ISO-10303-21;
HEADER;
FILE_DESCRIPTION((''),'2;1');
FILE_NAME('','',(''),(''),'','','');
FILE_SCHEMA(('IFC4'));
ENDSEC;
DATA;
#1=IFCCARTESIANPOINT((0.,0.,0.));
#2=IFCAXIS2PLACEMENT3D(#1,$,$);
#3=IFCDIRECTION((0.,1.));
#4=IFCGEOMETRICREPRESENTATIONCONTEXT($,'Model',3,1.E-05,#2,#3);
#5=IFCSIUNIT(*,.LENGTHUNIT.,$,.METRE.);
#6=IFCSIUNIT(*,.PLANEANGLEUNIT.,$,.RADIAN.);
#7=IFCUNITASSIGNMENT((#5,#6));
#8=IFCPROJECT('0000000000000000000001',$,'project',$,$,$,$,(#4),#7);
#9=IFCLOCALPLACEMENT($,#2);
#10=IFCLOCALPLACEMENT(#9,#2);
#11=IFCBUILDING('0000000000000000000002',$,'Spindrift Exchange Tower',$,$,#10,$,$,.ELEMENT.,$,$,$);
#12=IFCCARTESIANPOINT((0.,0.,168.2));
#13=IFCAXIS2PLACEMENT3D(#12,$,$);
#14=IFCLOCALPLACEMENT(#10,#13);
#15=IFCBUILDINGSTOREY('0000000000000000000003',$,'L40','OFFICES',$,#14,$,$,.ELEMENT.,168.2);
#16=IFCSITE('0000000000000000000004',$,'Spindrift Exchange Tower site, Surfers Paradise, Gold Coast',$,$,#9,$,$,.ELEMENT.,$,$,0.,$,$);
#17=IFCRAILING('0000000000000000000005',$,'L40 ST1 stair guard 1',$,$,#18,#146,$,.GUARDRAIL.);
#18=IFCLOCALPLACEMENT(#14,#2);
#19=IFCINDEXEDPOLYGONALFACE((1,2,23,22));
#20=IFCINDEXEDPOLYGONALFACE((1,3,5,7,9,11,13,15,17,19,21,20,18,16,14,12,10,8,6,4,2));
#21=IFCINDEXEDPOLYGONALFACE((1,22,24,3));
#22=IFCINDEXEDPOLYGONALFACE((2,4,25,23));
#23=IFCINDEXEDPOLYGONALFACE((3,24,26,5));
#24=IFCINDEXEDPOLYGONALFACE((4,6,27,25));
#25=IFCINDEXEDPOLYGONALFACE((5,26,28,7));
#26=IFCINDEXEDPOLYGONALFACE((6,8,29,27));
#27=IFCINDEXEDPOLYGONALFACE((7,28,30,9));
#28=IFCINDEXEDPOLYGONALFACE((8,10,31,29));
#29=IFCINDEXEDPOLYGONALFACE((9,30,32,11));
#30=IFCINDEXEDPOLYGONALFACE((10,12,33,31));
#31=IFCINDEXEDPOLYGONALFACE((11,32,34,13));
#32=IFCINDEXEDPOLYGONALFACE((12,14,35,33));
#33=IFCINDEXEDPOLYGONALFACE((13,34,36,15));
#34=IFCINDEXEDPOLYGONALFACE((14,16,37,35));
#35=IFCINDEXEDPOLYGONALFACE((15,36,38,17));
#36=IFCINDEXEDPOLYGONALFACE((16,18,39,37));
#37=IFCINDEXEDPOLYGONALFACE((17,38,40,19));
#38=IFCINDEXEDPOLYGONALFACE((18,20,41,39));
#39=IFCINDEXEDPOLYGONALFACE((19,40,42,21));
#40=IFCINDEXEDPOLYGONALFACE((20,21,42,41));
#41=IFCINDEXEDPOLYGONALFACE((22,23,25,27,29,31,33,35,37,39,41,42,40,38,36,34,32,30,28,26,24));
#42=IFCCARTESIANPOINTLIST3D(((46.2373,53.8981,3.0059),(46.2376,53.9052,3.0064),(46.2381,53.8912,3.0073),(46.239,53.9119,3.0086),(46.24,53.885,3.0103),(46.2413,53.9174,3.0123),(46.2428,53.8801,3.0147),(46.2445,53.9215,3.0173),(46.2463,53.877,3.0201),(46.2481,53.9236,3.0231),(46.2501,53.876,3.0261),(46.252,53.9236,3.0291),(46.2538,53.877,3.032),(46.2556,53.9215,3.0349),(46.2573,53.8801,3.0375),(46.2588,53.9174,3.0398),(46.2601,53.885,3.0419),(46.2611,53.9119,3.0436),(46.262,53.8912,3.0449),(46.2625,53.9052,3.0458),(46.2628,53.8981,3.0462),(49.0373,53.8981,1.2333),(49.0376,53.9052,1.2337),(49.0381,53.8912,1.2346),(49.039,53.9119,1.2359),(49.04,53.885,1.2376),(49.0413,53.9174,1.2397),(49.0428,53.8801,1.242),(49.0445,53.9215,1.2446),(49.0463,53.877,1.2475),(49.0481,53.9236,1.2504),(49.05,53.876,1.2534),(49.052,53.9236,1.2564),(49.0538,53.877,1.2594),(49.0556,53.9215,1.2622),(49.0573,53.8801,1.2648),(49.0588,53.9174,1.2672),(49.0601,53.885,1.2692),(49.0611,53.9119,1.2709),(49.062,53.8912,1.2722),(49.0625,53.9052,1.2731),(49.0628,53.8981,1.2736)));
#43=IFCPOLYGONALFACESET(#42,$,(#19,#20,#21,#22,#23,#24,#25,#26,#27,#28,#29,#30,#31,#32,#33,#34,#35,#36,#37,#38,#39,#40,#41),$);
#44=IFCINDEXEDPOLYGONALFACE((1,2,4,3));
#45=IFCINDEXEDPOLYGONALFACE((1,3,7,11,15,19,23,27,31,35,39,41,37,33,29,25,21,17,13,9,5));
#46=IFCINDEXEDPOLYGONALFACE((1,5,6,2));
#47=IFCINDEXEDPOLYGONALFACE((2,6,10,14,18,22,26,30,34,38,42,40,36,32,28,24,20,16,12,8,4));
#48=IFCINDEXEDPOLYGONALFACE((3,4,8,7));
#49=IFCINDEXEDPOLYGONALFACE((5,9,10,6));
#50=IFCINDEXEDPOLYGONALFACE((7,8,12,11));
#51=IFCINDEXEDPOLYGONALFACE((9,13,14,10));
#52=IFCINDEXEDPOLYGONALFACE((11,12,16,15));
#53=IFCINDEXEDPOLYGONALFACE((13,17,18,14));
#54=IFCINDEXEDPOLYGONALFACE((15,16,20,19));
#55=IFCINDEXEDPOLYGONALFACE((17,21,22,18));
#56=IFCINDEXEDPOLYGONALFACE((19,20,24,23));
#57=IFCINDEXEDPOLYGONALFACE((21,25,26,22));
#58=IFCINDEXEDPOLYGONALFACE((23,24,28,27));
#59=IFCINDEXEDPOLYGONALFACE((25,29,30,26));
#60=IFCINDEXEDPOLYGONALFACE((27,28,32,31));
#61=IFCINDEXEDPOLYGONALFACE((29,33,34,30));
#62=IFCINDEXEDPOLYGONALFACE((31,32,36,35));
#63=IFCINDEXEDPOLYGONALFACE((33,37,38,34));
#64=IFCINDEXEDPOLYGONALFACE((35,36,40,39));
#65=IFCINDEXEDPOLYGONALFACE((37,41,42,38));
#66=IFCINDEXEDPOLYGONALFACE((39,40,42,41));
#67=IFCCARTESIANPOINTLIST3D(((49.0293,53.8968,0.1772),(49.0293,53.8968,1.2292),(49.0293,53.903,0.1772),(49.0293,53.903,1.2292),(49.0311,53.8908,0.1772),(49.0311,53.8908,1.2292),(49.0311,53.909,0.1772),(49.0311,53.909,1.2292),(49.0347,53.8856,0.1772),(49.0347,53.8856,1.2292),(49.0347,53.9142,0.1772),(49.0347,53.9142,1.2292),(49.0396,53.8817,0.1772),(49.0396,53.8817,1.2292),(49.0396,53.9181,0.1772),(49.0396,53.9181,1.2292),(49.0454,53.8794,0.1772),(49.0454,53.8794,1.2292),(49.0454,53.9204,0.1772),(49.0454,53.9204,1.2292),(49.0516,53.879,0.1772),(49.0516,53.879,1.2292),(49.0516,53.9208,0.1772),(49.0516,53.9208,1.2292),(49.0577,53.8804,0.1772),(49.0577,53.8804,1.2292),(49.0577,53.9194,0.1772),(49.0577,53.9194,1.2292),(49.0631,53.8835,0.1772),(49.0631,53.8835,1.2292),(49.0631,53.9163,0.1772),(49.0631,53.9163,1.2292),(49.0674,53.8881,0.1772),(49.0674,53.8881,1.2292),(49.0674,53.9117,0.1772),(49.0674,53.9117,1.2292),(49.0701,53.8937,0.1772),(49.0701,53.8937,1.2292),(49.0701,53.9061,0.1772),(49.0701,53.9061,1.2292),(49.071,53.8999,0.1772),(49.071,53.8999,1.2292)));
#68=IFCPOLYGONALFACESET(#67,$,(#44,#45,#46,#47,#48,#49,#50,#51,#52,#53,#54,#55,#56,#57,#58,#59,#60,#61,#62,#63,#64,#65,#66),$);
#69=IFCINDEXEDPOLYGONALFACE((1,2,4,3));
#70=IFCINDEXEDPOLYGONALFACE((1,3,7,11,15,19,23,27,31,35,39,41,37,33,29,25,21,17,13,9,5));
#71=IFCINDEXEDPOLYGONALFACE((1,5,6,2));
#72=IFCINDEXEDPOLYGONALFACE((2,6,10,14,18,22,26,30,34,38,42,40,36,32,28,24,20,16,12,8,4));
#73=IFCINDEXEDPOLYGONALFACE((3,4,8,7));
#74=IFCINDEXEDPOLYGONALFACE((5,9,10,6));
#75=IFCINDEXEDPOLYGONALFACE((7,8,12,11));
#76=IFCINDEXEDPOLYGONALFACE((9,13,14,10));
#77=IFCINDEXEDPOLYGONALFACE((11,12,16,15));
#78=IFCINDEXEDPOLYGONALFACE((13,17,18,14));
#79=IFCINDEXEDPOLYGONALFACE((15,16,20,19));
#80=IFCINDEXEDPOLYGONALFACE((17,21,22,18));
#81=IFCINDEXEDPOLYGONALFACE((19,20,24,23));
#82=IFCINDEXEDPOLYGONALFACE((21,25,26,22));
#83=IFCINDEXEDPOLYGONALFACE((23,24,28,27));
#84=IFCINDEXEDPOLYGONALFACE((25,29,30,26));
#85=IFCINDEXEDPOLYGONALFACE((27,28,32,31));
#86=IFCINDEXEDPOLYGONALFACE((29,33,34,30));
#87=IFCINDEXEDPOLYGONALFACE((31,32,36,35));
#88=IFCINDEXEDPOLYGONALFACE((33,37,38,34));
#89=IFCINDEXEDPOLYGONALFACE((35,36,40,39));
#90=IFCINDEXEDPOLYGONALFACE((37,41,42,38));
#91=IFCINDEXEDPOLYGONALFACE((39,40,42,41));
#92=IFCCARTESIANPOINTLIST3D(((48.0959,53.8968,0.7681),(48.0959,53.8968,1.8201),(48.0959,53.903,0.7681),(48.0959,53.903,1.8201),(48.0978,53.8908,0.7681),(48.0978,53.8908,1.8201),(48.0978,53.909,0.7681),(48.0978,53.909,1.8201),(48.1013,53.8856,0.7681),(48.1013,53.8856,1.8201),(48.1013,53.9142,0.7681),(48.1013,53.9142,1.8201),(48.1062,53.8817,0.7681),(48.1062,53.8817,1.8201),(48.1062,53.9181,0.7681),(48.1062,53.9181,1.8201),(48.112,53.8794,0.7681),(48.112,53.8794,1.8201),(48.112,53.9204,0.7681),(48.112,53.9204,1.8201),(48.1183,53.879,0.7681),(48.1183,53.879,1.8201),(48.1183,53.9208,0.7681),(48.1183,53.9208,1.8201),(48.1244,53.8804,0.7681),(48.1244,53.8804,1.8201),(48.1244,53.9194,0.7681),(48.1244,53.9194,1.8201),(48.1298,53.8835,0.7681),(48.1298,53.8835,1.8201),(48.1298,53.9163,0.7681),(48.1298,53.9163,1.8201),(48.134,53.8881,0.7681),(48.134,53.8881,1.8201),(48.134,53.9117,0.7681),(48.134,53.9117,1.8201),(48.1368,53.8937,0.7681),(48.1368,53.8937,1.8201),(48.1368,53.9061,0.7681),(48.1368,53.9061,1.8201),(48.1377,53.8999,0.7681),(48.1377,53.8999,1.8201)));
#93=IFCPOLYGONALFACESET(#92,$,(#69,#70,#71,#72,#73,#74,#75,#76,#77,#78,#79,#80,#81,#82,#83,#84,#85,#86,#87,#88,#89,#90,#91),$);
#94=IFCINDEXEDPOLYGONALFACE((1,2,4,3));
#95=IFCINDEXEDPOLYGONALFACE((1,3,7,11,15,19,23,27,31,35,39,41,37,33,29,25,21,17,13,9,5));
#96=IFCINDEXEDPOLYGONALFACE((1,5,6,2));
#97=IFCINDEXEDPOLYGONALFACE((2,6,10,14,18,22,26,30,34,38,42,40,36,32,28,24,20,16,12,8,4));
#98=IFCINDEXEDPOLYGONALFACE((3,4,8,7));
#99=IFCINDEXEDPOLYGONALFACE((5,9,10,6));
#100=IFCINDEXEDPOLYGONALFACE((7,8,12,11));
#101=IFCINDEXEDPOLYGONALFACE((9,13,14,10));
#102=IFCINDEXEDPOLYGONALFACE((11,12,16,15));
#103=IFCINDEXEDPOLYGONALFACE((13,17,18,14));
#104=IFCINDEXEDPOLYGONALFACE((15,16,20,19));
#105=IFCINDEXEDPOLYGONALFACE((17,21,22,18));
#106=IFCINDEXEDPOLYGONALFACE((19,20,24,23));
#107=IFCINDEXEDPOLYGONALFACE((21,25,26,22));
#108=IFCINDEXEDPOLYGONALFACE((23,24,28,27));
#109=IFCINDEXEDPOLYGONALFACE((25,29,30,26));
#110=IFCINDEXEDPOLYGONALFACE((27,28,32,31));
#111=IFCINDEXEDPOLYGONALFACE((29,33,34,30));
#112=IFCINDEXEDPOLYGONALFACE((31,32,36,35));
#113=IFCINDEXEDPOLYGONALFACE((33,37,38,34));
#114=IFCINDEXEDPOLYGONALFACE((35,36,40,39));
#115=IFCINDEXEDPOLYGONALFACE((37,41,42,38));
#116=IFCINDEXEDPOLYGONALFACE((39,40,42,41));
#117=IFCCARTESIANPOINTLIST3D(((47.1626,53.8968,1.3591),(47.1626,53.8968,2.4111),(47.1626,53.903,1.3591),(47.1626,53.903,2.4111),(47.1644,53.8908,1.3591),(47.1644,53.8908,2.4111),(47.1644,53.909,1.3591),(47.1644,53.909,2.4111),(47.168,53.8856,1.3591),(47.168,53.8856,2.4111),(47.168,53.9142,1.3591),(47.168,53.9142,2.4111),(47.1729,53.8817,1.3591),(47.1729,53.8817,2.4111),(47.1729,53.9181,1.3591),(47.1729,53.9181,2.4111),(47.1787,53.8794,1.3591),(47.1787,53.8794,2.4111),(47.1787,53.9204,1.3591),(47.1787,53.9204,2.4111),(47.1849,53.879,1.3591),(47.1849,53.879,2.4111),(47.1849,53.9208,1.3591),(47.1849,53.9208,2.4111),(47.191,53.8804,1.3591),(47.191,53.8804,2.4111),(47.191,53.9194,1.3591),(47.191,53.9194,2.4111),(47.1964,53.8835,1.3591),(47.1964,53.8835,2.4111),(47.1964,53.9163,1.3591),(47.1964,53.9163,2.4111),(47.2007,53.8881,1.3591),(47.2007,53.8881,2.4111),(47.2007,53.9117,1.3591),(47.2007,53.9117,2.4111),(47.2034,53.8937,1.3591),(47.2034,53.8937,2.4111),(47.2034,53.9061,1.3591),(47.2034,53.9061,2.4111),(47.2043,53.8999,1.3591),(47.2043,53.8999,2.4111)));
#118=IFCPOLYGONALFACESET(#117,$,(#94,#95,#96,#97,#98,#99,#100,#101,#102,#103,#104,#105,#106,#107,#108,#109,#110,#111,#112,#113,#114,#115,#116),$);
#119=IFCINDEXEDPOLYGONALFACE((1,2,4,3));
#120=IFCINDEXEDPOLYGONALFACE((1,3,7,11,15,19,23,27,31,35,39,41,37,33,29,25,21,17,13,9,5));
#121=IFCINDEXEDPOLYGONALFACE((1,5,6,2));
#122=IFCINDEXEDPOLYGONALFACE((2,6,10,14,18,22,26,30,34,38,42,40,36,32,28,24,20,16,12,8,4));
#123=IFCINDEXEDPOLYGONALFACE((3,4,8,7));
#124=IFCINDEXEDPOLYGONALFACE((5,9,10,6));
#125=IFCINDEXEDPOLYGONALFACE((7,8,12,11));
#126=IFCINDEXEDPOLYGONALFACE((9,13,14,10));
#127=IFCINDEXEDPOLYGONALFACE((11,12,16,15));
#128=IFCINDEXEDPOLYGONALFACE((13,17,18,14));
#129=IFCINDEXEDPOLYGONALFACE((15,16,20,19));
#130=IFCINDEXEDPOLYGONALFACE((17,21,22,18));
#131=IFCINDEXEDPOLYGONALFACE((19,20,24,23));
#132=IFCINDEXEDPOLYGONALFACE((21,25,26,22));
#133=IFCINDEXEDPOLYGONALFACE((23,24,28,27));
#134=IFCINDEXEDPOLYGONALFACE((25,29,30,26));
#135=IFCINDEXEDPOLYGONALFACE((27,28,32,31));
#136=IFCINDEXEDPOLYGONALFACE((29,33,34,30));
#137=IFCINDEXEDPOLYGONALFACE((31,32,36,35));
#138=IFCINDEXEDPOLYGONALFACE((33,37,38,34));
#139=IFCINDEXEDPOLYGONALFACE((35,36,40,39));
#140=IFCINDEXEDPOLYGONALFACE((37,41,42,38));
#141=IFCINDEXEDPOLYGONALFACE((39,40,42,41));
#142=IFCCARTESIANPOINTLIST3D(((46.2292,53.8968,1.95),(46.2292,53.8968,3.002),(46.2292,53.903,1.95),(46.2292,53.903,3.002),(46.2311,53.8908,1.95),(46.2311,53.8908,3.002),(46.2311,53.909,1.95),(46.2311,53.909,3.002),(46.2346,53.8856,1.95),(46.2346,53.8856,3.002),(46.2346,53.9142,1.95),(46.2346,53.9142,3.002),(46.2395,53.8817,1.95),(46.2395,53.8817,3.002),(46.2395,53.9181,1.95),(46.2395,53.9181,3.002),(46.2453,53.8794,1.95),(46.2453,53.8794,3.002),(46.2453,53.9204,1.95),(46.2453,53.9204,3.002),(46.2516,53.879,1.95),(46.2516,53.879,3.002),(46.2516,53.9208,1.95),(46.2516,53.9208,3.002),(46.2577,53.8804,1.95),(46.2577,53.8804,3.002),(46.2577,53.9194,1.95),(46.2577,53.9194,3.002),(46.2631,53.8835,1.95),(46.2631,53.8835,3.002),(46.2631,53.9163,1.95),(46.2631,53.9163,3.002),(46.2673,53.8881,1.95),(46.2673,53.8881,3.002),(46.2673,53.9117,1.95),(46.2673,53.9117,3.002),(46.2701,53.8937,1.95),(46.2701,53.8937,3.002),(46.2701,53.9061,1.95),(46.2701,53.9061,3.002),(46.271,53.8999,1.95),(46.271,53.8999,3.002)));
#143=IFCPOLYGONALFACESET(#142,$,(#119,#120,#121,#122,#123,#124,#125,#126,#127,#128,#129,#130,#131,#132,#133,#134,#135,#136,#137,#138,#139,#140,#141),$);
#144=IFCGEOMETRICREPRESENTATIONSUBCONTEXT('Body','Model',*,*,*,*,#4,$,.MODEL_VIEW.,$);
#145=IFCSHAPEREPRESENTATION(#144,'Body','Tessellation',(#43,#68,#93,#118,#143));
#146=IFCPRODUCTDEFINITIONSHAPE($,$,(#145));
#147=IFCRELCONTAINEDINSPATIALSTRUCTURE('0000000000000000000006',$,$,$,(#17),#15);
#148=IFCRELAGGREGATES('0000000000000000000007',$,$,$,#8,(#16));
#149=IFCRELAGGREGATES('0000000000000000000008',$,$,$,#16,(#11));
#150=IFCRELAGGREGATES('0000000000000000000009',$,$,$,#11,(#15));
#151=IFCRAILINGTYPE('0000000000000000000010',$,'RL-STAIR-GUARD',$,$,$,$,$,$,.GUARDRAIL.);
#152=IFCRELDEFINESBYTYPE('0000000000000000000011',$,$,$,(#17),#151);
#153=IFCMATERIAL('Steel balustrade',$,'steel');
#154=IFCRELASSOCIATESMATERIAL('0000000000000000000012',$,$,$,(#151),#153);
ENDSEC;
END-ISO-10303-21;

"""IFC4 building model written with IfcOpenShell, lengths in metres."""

from ifc_helpers import new_model, si_unit, direction, frame, origin, origin_2d, place, context, subcontext, project, spatial, circle, extrude, material, type_object, element, save


model = new_model("IFC4")

# Units and contexts
model_context = context("Model", 3, precision=1e-05, world=origin(), true_north=direction((0.0, 1.0)))
body_context = subcontext(model_context, "Body", "Model", "MODEL_VIEW")
ifc_project = project(units=[si_unit("LENGTHUNIT", "METRE"), si_unit("PLANEANGLEUNIT", "RADIAN")], contexts=[model_context])

# Site, building, storey
site_placement = place(None, origin())
site = spatial("IfcSite", under=ifc_project, at=site_placement, Name="Spindrift Exchange Tower site, Surfers Paradise, Gold Coast", CompositionType="ELEMENT", RefElevation=0.0)
building_placement = place(site_placement, origin())
building = spatial("IfcBuilding", under=site, at=building_placement, Name="Spindrift Exchange Tower", CompositionType="ELEMENT")
storey_placement = place(building_placement, frame((0.0, 0.0, 168.2)))
storey = spatial("IfcBuildingStorey", under=building, at=storey_placement, Name="L40", Description="OFFICES", CompositionType="ELEMENT", Elevation=168.2)

# Railing
ifc_material_1 = material(Name="Steel balustrade", Category="steel")
railing_type_1 = type_object("IfcRailingType", Name="RL-STAIR-GUARD", PredefinedType="GUARDRAIL", material=ifc_material_1)
railing_1_placement = place(storey_placement, frame((49.05, 53.8999, 0.1772)))
element("IfcRailing", 1, at=railing_1_placement, inside=storey, type_object=railing_type_1, Name="L40 ST1 stair guard 1", PredefinedType="GUARDRAIL", context=body_context, shape_type="SweptSolid", body=[
    extrude(circle(Radius=0.0239, at=origin_2d()), frame((0.0, 0.0, 1.0762), z_axis=(-0.844909, 0.0, 0.53491), x_axis=(0.0, -1.0, 0.0)), (0.0, 0.0, 1.0), 3.314),
    extrude(circle(Radius=0.021, at=origin_2d()), origin(), (0.0, 0.0, 1.0), 1.052),
    extrude(circle(Radius=0.021, at=origin_2d()), frame((-0.9333, 0.0, 0.5908)), (0.0, 0.0, 1.0), 1.052),
    extrude(circle(Radius=0.021, at=origin_2d()), frame((-1.8667, 0.0, 1.1819)), (0.0, 0.0, 1.0), 1.052),
    extrude(circle(Radius=0.021, at=origin_2d()), frame((-2.8, 0.0, 1.7727)), (0.0, 0.0, 1.0), 1.052),
])

save(model, "model.ifc")
